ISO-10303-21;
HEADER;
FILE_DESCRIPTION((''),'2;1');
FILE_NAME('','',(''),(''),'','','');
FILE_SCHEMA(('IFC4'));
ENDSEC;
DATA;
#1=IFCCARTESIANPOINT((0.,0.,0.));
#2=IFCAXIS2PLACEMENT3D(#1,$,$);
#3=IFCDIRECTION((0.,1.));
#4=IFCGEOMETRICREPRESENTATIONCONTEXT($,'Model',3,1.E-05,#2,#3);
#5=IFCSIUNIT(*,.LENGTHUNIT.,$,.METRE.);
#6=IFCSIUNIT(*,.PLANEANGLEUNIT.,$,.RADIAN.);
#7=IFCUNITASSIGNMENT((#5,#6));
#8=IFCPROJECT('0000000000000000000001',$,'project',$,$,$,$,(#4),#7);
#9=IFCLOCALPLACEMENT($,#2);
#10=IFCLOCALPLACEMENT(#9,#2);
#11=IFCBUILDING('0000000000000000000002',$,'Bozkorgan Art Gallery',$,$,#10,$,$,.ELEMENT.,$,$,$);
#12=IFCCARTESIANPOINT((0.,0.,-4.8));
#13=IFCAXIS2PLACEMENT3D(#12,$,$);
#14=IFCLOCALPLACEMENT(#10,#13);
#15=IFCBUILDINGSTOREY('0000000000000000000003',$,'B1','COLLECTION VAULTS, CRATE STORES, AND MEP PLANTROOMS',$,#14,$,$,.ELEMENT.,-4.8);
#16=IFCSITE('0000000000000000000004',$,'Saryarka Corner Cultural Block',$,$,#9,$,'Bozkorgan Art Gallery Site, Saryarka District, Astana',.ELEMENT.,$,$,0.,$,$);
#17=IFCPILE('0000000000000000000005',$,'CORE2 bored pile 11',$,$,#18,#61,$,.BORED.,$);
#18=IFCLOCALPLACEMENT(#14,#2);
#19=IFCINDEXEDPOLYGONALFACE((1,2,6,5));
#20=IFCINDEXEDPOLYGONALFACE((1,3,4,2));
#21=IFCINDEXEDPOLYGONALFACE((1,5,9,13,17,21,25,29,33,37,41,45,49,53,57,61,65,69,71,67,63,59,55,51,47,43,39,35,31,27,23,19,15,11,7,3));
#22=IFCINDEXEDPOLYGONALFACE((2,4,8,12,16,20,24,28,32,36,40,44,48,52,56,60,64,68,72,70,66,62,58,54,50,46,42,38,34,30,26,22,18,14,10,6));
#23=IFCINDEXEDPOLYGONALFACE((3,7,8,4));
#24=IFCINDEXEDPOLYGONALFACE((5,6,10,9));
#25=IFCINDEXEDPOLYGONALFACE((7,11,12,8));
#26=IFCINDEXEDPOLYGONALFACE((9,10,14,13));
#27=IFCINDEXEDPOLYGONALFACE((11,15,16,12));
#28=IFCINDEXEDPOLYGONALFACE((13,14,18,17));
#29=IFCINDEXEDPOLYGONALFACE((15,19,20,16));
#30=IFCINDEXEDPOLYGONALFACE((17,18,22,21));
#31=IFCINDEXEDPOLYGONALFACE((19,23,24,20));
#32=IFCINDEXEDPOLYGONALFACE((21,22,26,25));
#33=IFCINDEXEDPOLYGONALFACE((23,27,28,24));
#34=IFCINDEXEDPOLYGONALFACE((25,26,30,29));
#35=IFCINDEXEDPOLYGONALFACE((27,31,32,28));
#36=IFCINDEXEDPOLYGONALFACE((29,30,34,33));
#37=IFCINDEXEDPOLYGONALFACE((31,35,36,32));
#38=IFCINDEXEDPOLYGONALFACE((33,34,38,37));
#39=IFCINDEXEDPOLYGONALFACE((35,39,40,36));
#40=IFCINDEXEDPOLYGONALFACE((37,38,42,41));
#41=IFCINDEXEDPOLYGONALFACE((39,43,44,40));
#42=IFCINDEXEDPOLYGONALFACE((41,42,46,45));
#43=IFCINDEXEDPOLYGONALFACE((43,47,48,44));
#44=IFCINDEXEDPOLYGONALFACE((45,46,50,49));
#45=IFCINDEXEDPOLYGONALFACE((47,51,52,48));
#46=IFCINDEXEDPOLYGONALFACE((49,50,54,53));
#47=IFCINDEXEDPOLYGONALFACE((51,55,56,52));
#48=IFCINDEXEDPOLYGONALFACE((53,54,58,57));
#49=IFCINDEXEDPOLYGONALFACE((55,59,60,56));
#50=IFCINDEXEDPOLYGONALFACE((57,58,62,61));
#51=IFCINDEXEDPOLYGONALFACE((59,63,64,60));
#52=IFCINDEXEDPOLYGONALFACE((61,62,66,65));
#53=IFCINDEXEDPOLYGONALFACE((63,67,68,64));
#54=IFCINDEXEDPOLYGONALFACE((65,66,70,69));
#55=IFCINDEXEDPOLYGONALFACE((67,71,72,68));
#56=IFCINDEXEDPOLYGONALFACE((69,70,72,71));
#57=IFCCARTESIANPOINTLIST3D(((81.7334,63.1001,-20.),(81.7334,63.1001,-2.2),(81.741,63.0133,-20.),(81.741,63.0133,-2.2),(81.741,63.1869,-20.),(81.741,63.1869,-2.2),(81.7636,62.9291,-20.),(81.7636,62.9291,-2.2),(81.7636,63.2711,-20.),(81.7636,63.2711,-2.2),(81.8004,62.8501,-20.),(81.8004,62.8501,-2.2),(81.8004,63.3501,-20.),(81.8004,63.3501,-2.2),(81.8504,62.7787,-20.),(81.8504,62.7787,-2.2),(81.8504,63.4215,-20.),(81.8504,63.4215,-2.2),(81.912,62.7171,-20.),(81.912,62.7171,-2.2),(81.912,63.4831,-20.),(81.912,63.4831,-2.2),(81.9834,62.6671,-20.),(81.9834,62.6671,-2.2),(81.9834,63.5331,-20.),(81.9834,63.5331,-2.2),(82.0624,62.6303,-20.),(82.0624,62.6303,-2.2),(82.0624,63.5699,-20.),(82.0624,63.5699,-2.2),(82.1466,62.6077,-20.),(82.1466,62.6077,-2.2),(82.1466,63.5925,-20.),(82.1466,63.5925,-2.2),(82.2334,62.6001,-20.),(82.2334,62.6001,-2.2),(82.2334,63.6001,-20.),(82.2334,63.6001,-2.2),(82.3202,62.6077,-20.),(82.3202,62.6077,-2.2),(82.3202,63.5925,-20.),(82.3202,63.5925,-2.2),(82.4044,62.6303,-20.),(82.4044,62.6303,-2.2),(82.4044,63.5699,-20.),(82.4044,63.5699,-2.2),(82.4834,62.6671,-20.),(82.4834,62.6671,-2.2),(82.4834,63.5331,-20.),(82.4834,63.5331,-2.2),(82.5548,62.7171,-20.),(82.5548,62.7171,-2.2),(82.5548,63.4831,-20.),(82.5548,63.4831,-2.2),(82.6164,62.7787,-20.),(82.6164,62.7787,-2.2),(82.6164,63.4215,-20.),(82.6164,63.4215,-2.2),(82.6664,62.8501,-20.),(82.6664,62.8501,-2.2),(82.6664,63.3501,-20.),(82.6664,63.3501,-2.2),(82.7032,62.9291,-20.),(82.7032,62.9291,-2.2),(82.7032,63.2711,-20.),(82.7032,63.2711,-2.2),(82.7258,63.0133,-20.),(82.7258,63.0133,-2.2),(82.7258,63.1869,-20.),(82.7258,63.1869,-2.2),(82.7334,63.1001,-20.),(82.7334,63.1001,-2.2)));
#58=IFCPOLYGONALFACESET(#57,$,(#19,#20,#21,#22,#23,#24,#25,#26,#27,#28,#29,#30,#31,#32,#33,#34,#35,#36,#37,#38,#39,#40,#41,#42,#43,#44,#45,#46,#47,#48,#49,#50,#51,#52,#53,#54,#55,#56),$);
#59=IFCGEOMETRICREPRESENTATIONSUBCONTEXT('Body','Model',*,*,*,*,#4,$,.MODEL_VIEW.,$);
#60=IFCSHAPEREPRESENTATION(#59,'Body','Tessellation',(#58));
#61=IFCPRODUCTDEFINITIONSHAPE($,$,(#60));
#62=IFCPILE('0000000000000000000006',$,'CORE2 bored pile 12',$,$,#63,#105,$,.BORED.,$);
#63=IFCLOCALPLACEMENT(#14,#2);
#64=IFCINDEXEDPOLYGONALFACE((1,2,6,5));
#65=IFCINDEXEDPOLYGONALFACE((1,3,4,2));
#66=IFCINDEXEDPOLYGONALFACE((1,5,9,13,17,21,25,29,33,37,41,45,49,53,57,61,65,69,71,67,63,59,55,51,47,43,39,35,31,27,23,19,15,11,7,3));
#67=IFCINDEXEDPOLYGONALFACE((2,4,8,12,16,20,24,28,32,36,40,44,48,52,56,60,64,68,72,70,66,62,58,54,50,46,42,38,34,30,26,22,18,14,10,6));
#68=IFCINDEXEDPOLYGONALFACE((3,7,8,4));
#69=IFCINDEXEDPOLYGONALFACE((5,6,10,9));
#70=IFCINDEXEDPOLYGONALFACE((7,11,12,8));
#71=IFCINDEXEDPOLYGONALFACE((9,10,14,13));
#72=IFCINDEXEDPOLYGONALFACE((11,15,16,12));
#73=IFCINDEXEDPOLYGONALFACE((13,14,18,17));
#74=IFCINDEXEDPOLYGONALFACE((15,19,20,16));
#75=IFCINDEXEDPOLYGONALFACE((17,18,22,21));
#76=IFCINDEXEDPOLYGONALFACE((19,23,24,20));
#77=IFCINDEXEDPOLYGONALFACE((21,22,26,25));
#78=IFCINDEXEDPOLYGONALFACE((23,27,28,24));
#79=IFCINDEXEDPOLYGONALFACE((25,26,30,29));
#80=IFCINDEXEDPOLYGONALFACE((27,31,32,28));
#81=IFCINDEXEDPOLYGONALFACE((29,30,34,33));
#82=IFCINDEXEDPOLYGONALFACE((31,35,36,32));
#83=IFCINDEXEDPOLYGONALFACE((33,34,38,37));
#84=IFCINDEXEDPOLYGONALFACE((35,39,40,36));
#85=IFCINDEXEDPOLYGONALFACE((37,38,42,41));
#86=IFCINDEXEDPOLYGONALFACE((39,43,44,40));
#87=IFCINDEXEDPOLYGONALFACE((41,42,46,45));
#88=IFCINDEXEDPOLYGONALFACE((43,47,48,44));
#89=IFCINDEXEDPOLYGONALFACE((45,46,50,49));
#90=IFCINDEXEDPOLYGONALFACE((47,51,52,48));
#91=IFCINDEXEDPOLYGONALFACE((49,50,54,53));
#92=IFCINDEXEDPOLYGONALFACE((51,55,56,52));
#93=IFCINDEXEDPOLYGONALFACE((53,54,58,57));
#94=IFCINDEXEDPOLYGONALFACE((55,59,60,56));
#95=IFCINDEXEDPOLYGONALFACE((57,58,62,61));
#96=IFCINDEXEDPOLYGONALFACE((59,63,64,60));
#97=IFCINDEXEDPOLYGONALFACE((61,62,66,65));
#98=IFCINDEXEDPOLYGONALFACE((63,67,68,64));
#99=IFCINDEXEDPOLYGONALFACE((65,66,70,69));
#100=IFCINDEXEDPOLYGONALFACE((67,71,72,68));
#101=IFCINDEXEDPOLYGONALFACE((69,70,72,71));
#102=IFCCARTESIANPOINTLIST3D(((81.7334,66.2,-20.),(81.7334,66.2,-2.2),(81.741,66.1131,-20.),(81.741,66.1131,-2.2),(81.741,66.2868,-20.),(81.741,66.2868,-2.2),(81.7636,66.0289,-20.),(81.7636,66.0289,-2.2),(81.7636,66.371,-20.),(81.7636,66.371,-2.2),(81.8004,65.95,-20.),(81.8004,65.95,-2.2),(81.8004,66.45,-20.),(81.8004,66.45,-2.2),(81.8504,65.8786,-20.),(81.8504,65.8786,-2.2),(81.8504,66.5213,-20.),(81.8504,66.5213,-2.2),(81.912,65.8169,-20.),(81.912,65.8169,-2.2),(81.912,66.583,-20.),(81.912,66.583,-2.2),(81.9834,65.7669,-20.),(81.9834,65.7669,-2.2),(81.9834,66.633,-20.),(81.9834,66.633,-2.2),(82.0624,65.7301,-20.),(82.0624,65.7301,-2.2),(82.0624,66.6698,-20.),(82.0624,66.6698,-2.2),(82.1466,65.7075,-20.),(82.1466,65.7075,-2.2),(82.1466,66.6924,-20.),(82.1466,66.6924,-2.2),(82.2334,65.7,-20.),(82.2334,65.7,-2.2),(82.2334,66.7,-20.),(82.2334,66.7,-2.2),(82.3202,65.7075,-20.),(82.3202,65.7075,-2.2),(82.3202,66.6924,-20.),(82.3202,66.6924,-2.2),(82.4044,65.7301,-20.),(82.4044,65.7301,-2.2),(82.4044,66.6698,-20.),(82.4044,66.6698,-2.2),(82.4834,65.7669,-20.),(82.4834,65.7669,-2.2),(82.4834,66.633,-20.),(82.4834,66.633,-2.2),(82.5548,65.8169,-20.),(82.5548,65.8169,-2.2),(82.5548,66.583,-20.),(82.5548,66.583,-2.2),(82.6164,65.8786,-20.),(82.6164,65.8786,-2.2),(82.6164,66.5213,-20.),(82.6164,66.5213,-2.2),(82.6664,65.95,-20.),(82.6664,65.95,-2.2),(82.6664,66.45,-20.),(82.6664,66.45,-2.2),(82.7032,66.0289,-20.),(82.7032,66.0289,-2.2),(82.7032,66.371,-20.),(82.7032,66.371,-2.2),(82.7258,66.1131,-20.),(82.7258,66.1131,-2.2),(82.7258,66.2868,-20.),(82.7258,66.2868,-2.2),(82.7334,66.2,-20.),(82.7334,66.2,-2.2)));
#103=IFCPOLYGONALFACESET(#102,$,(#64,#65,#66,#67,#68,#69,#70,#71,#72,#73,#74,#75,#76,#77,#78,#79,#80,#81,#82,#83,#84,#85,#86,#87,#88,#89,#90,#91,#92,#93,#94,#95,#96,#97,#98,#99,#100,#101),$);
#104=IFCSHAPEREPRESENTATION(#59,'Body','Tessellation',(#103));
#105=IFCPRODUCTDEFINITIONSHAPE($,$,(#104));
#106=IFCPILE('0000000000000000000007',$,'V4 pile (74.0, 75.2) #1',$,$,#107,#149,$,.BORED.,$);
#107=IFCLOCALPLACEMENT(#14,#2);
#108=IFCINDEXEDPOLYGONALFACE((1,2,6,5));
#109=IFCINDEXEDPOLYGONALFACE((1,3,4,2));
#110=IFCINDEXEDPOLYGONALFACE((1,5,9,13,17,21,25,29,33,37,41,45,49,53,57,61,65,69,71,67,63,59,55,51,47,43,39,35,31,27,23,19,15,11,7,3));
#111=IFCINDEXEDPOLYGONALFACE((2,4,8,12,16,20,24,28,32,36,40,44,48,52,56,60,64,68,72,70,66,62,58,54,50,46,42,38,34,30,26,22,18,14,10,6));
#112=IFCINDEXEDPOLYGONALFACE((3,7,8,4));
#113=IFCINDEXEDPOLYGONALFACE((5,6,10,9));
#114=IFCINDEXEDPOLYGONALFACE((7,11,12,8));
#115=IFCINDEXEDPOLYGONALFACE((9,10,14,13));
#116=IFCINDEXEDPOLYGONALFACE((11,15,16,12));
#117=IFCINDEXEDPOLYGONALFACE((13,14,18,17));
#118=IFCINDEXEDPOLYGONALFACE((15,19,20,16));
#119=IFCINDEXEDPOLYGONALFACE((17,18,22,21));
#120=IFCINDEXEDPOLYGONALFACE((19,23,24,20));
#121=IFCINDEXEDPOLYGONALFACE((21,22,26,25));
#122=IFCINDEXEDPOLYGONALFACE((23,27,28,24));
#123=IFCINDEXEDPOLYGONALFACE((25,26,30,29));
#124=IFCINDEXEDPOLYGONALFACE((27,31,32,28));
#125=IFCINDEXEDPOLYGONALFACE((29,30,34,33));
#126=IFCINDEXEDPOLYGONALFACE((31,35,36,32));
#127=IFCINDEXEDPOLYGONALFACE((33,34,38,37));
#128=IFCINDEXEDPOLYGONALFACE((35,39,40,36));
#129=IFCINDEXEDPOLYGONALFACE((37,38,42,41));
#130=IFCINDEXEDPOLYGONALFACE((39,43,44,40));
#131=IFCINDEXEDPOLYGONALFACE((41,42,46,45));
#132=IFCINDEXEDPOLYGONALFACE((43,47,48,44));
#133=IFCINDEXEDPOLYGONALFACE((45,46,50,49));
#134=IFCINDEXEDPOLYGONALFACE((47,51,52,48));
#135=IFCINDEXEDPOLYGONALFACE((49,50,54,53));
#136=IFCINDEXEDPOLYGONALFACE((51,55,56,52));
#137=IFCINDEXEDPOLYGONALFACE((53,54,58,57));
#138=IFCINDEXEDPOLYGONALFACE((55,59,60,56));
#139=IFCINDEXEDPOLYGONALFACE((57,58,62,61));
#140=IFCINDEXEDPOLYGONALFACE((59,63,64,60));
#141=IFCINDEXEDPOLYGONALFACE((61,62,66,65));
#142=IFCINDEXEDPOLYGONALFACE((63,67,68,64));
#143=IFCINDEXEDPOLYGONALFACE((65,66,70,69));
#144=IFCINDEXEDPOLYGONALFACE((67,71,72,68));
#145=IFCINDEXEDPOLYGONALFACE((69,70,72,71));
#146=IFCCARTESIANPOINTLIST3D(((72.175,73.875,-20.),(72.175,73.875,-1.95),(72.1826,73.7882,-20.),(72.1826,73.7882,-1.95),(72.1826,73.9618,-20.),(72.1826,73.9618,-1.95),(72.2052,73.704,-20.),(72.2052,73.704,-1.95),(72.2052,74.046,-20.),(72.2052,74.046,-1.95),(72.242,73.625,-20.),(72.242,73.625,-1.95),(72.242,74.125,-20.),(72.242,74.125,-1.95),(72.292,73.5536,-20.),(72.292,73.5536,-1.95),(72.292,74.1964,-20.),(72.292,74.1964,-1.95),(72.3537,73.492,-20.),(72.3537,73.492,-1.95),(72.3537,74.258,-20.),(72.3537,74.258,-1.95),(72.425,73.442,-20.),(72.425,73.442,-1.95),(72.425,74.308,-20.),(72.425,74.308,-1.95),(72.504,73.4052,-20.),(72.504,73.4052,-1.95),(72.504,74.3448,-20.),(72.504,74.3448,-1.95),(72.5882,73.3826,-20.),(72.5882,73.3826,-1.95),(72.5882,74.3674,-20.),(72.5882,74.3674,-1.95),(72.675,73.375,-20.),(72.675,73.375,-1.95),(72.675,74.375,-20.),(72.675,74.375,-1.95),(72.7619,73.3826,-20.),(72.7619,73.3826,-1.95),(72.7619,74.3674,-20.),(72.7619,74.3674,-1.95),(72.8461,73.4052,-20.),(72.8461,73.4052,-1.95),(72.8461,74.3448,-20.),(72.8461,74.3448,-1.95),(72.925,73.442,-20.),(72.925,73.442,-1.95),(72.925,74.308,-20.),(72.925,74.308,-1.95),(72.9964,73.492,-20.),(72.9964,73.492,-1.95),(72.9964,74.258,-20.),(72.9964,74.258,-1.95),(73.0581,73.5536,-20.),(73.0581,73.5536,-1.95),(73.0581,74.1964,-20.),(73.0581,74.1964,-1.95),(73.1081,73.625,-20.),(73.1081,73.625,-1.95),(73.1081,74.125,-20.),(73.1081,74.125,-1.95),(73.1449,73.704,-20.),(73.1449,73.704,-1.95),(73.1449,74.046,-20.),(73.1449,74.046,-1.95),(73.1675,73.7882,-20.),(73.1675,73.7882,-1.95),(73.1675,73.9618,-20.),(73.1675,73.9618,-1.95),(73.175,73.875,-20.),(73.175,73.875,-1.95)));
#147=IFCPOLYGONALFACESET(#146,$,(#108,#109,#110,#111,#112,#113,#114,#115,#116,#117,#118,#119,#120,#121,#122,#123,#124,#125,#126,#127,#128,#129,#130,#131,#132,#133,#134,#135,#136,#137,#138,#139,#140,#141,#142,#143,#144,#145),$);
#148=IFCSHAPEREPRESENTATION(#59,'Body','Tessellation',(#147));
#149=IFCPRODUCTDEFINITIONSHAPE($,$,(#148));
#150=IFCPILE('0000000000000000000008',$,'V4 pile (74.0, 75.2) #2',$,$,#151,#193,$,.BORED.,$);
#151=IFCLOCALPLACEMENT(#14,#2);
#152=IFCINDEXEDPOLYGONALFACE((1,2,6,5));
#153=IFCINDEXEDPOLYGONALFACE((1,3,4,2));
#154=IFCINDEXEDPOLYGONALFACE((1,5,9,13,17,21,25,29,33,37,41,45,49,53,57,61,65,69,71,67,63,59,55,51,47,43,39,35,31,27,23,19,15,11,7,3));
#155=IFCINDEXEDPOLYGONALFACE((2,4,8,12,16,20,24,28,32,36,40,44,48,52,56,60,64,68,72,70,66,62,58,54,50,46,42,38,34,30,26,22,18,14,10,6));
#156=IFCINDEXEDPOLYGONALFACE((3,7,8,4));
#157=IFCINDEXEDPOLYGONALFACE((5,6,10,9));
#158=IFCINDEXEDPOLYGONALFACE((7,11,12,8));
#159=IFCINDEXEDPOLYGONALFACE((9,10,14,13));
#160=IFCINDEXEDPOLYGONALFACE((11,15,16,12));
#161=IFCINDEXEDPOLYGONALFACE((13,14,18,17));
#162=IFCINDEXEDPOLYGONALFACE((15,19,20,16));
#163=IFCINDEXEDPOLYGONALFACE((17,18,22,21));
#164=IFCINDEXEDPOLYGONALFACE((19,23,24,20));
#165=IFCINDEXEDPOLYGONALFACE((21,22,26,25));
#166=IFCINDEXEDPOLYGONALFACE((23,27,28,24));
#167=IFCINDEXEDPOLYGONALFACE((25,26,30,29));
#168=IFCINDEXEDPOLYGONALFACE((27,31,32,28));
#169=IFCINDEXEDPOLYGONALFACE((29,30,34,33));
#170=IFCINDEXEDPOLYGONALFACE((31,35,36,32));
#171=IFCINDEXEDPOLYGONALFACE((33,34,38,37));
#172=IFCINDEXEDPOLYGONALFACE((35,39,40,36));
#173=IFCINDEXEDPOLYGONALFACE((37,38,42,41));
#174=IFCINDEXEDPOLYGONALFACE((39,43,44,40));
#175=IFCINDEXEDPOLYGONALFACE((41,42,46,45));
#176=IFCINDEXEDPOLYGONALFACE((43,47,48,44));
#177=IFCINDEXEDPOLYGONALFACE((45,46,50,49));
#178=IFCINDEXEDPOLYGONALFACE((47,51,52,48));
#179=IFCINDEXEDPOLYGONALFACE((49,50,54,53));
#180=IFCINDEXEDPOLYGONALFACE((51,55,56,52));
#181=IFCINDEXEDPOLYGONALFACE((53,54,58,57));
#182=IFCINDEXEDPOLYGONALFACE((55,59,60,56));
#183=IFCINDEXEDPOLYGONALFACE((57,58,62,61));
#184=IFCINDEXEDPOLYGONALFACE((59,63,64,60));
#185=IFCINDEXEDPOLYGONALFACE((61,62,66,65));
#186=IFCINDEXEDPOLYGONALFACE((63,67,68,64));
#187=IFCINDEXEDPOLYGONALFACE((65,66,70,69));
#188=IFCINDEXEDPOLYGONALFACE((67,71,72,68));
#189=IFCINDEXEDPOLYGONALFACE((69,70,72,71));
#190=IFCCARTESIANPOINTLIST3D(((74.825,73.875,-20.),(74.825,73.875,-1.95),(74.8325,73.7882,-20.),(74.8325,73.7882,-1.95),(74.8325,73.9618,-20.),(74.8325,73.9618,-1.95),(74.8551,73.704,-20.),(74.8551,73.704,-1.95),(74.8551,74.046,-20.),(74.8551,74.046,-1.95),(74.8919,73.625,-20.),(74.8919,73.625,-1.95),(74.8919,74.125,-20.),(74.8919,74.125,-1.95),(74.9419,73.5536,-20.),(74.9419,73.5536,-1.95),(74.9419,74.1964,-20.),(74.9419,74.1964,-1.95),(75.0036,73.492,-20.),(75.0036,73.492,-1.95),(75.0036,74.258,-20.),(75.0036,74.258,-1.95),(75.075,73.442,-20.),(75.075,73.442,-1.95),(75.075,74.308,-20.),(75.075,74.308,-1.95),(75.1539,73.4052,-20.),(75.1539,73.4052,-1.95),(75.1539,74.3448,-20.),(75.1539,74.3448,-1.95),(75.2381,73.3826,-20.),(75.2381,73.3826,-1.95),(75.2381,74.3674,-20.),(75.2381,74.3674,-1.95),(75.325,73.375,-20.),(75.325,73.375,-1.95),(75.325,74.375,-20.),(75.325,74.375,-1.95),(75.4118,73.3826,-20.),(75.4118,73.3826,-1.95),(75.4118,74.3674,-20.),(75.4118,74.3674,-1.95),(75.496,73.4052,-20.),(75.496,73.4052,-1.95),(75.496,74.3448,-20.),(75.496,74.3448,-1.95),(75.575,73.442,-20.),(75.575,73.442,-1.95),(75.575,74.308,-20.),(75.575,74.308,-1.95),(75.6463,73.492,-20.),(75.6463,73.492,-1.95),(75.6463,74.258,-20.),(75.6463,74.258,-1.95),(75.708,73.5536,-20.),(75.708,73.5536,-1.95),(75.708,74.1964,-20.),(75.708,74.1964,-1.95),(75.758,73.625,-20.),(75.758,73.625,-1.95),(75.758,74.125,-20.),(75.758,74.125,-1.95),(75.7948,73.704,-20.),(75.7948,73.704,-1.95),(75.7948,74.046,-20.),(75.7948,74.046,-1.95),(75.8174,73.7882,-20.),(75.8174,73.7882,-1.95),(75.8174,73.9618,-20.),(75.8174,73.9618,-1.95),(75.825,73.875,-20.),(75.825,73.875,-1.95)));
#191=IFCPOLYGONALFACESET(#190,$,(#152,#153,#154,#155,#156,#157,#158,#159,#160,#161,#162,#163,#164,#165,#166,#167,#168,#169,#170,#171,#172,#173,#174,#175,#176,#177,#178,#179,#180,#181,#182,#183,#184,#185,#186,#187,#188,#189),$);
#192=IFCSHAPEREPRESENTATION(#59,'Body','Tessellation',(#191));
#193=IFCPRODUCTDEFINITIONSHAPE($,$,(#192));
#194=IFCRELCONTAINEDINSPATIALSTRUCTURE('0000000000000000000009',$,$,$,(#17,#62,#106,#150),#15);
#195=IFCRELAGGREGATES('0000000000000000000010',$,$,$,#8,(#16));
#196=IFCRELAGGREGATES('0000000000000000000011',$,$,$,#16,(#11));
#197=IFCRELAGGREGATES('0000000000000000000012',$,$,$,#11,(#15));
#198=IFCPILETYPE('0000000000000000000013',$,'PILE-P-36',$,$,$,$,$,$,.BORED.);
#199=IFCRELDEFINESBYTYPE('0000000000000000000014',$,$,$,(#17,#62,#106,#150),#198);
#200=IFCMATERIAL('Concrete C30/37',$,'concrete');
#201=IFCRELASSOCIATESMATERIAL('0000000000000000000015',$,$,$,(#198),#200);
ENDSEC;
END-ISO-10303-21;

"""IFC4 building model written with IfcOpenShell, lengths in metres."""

from ifc_helpers import new_model, si_unit, direction, frame, origin, origin_2d, place, context, subcontext, project, spatial, circle, extrude, material, material_profile, profile_set, type_object, element, save


model = new_model("IFC4")

# Units and contexts
model_context = context("Model", 3, precision=1e-05, world=origin(), true_north=direction((0.0, 1.0)))
body_context = subcontext(model_context, "Body", "Model", "MODEL_VIEW")
ifc_project = project(units=[si_unit("LENGTHUNIT", "METRE"), si_unit("PLANEANGLEUNIT", "RADIAN")], contexts=[model_context])

# Site, building, storey
site_placement = place(None, origin())
site = spatial("IfcSite", under=ifc_project, at=site_placement, Name="Saryarka Corner Cultural Block", LongName="Bozkorgan Art Gallery Site, Saryarka District, Astana", CompositionType="ELEMENT", RefElevation=0.0)
building_placement = place(site_placement, origin())
building = spatial("IfcBuilding", under=site, at=building_placement, Name="Bozkorgan Art Gallery", CompositionType="ELEMENT")
storey_placement = place(building_placement, frame((0.0, 0.0, -4.8)))
storey = spatial("IfcBuildingStorey", under=building, at=storey_placement, Name="B1", Description="COLLECTION VAULTS, CRATE STORES, AND MEP PLANTROOMS", CompositionType="ELEMENT", Elevation=-4.8)

# Shared definitions
ifc_material_1 = material(Name="Concrete C30/37", Category="concrete")

# Piles
ifc_material_profile_1 = material_profile(ifc_material_1, circle(Radius=0.5, at=origin_2d()), Name="PILE D1000")
ifc_profile_set_1 = profile_set([ifc_material_profile_1], Name="Concrete C30/37")
pile_type = type_object("IfcPileType", Name="PILE-P-36", PredefinedType="BORED", material=ifc_profile_set_1)
for number, where, z_axis, x_axis, name in (
    (1, (82.2334, 63.1001, -2.2), (0.0, 0.0, -1.0), (1.0, 0.0, 0.0), "CORE2 bored pile 11"),
    (2, (82.2334, 66.2, -2.2), (0.0, 0.0, -1.0), (1.0, 0.0, 0.0), "CORE2 bored pile 12"),
):
    element("IfcPile", number, at=place(storey_placement, frame(where, z_axis=z_axis, x_axis=x_axis)), inside=storey, type_object=pile_type, Name=name, PredefinedType="BORED", context=body_context, shape_type="SweptSolid", body=[
        extrude(circle(Radius=0.5, at=origin_2d()), origin(), (0.0, 0.0, 1.0), 17.8),
    ])
for number, where, z_axis, x_axis, name in (
    (3, (72.675, 73.875, -1.95), (0.0, 0.0, -1.0), (1.0, 0.0, 0.0), "V4 pile (74.0, 75.2) #1"),
    (4, (75.325, 73.875, -1.95), (0.0, 0.0, -1.0), (1.0, 0.0, 0.0), "V4 pile (74.0, 75.2) #2"),
):
    element("IfcPile", number, at=place(storey_placement, frame(where, z_axis=z_axis, x_axis=x_axis)), inside=storey, type_object=pile_type, Name=name, PredefinedType="BORED", context=body_context, shape_type="SweptSolid", body=[
        extrude(circle(Radius=0.5, at=origin_2d()), origin(), (0.0, 0.0, 1.0), 18.05),
    ])

save(model, "model.ifc")
